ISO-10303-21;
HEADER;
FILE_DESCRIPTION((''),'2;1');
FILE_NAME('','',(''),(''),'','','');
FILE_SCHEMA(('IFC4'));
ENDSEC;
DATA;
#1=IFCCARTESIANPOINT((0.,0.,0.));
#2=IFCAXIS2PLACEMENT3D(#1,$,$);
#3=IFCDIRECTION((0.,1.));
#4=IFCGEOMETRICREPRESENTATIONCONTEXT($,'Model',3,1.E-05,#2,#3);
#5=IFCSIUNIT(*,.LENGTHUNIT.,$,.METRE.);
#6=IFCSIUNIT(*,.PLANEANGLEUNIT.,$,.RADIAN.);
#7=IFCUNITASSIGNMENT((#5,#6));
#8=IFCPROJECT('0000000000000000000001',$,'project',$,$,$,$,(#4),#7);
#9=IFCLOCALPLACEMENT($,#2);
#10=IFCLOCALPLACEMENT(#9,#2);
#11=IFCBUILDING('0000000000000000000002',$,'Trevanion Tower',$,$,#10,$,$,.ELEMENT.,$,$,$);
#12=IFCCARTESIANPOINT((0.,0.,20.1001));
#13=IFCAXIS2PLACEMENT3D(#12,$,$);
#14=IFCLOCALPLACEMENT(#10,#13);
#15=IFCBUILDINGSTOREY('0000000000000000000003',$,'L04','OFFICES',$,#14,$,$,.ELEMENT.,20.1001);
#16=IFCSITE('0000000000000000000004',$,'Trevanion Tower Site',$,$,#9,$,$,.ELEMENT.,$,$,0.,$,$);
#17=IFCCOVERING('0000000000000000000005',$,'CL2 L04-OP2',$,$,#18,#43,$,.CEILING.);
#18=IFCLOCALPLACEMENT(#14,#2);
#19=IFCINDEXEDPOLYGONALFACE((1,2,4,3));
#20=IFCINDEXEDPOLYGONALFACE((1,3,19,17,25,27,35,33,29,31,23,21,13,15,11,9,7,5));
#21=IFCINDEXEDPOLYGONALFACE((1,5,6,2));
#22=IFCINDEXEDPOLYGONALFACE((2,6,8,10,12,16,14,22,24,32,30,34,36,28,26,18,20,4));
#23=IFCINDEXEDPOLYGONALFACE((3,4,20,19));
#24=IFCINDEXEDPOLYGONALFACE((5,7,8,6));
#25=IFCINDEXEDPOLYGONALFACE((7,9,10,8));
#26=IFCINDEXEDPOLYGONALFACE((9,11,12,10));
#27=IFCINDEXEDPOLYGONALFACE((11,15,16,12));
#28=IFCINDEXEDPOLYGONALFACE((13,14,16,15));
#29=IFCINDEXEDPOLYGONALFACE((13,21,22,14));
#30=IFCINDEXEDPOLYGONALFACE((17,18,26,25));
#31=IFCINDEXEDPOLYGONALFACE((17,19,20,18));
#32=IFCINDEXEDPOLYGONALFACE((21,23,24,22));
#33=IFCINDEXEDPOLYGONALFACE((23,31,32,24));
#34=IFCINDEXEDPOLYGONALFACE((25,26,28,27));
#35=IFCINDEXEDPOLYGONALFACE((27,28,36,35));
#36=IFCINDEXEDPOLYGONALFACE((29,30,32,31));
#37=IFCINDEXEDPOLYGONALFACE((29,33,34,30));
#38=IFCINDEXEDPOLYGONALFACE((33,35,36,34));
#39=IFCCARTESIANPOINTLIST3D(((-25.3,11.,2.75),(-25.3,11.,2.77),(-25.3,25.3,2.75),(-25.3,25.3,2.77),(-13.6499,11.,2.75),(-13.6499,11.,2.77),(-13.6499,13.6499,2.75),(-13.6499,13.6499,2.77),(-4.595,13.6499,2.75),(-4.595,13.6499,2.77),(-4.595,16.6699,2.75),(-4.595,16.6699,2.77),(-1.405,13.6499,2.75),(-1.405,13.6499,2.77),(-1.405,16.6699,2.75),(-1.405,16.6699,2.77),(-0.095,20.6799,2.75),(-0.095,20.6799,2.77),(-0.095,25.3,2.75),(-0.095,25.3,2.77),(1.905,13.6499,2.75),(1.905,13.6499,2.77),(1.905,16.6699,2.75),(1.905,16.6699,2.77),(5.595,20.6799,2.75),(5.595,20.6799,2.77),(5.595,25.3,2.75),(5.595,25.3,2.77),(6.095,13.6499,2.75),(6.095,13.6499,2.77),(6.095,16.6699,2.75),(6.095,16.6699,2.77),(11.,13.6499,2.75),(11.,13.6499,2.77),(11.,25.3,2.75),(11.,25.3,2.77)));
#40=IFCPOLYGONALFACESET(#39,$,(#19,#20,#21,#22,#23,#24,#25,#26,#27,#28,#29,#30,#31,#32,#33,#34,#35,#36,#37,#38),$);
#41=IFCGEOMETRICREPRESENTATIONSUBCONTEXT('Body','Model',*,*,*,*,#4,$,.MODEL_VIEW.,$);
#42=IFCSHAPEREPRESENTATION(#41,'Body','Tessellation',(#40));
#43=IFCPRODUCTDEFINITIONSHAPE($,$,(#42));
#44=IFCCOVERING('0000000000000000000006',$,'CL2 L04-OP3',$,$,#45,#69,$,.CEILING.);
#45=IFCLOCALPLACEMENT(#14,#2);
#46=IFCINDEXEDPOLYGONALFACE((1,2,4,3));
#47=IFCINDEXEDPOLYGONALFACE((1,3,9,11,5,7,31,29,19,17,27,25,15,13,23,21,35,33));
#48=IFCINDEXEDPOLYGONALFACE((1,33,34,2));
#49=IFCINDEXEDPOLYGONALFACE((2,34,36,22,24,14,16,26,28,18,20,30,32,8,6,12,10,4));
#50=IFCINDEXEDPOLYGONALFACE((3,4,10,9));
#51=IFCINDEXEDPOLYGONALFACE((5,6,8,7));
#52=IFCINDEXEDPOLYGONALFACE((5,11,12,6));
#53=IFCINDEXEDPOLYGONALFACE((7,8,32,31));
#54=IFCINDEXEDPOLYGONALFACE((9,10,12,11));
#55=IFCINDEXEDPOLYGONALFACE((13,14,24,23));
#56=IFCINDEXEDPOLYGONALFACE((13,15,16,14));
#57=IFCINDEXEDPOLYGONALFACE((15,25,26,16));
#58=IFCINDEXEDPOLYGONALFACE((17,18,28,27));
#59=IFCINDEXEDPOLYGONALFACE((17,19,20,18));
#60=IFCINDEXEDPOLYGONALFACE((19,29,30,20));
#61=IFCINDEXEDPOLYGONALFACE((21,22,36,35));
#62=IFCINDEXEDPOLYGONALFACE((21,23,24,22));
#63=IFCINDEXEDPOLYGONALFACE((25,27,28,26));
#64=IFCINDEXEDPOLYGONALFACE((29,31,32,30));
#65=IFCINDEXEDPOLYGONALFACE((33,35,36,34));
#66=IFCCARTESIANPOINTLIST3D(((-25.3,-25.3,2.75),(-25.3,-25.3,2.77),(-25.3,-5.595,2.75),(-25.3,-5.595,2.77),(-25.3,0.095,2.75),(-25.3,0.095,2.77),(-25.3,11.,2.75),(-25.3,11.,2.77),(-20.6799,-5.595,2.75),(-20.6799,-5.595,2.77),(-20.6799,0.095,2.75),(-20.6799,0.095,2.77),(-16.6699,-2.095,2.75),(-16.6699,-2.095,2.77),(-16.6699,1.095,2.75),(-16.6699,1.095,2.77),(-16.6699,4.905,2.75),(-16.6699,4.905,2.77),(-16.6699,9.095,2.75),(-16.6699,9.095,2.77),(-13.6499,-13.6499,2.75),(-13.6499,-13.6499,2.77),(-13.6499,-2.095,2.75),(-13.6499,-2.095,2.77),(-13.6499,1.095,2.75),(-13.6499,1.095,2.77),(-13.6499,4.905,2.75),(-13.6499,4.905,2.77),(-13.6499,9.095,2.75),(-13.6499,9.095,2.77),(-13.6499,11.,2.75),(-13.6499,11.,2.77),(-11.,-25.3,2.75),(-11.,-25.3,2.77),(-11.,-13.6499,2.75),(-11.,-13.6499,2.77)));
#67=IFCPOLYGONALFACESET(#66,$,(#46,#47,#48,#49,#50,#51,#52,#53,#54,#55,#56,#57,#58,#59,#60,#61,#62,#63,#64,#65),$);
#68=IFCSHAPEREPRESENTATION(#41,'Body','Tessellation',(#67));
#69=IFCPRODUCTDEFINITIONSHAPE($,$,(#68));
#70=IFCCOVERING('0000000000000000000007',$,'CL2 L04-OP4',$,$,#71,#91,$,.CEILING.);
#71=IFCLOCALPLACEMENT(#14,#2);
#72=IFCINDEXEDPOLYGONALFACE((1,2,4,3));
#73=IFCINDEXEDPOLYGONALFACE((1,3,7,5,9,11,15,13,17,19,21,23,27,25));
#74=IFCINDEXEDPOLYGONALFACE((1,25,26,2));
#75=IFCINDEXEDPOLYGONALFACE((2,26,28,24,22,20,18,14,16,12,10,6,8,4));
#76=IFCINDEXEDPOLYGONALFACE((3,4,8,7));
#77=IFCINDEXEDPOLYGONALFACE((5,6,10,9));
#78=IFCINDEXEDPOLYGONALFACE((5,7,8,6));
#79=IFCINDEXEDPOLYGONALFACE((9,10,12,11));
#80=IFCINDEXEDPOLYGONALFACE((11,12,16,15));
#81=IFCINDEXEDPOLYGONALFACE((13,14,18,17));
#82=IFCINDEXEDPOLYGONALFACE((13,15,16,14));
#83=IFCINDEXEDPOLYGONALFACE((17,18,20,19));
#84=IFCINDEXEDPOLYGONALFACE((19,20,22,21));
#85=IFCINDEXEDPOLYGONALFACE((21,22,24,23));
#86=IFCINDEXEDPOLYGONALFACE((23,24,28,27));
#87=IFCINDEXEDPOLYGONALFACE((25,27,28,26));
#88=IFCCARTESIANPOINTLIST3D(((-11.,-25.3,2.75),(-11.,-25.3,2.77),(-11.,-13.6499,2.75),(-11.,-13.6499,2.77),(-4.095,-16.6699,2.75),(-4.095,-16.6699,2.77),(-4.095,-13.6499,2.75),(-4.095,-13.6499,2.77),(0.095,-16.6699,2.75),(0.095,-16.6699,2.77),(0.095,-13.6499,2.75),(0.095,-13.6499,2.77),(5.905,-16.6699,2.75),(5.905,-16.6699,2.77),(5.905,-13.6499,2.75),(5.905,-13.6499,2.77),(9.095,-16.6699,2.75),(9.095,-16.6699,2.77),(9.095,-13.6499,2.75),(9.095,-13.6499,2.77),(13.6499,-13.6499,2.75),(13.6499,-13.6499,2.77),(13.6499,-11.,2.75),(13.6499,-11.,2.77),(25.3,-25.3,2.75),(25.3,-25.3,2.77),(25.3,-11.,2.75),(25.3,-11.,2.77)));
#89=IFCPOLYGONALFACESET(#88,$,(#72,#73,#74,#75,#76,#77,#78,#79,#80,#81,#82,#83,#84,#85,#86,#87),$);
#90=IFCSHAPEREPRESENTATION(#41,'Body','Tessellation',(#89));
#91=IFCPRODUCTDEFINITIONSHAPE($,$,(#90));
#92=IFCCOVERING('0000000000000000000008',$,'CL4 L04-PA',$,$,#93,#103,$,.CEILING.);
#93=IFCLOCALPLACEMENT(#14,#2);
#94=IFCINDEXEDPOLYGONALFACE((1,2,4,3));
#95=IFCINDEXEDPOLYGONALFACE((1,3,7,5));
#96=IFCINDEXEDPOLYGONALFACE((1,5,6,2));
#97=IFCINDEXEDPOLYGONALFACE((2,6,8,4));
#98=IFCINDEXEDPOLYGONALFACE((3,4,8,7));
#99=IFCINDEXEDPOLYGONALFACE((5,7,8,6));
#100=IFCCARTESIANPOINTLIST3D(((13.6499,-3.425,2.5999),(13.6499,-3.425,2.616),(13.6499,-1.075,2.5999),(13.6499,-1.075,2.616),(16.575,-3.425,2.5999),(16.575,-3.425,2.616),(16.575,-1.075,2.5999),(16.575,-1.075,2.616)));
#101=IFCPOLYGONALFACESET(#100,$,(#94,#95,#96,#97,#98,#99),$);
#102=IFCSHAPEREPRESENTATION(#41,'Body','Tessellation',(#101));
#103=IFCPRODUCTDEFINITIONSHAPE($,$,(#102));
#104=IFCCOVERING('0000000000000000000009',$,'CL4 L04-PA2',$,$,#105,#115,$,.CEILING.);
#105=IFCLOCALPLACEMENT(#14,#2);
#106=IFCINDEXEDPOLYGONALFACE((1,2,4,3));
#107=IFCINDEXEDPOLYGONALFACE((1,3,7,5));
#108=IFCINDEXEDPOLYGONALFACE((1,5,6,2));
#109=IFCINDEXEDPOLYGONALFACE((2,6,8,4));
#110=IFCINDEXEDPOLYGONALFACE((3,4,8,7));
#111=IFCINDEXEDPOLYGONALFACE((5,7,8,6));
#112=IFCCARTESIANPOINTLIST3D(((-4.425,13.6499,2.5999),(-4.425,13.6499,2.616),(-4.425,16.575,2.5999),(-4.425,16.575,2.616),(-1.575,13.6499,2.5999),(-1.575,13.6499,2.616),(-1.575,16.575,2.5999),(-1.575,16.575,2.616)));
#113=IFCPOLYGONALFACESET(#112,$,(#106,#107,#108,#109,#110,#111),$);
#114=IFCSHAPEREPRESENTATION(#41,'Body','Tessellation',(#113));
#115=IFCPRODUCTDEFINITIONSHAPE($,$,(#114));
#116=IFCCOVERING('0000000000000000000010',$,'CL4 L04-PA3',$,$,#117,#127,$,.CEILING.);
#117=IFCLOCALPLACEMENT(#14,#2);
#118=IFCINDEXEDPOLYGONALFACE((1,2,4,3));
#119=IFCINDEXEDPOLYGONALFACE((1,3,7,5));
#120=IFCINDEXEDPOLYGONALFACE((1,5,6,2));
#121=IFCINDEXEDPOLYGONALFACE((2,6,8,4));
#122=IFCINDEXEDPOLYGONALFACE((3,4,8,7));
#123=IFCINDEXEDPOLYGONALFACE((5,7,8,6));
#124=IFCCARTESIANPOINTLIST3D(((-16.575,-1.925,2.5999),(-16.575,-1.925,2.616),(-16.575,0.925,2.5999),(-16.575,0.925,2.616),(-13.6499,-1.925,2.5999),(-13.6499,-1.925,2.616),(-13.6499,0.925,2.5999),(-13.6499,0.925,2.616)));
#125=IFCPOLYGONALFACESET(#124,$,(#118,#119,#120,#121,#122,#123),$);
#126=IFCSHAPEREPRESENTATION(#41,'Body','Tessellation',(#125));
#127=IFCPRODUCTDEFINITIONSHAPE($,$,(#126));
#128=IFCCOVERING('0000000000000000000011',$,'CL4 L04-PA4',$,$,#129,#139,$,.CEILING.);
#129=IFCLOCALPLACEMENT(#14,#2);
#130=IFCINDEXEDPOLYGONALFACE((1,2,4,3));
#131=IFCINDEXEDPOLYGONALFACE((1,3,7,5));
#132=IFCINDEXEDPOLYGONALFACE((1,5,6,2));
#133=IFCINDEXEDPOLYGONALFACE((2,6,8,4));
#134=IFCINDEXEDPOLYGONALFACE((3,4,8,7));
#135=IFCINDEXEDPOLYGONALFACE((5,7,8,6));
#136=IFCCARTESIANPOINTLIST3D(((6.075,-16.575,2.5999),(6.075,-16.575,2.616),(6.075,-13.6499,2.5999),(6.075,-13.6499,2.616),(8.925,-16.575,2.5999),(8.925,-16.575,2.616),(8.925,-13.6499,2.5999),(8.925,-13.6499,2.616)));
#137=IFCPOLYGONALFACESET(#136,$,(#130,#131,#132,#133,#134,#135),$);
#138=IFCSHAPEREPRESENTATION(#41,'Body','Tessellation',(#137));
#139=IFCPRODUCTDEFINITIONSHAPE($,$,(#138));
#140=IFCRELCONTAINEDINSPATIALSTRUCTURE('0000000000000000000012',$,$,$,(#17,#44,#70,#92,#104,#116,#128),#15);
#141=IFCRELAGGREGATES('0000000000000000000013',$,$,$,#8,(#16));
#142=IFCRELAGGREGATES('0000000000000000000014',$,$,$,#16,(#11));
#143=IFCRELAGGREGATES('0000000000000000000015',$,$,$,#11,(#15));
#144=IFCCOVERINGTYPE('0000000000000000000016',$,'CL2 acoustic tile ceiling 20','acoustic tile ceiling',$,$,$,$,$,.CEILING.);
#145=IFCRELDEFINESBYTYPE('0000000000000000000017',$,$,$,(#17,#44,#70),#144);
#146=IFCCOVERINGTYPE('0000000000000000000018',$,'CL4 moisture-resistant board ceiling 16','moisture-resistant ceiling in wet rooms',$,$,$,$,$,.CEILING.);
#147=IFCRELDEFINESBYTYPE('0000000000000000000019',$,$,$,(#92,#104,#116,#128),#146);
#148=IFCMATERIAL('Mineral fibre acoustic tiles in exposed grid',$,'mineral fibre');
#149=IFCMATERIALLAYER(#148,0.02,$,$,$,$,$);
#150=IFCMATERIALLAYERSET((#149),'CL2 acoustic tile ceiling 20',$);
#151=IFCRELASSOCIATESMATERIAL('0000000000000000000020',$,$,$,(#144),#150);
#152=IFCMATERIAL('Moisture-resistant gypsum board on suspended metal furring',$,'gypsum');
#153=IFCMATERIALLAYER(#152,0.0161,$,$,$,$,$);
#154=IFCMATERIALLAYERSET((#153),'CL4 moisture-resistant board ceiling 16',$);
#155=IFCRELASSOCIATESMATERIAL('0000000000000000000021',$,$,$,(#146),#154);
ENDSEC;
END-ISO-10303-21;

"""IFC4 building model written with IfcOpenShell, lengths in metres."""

from ifc_helpers import new_model, si_unit, direction, frame, origin, place, context, subcontext, project, spatial, polyline, outline, extrude, material, layer, layer_set, type_object, element, save


model = new_model("IFC4")

# Units and contexts
model_context = context("Model", 3, precision=1e-05, world=origin(), true_north=direction((0.0, 1.0)))
body_context = subcontext(model_context, "Body", "Model", "MODEL_VIEW")
ifc_project = project(units=[si_unit("LENGTHUNIT", "METRE"), si_unit("PLANEANGLEUNIT", "RADIAN")], contexts=[model_context])

# Site, building, storey
site_placement = place(None, origin())
site = spatial("IfcSite", under=ifc_project, at=site_placement, Name="Trevanion Tower Site", CompositionType="ELEMENT", RefElevation=0.0)
building_placement = place(site_placement, origin())
building = spatial("IfcBuilding", under=site, at=building_placement, Name="Trevanion Tower", CompositionType="ELEMENT")
storey_placement = place(building_placement, frame((0.0, 0.0, 20.1001)))
storey = spatial("IfcBuildingStorey", under=building, at=storey_placement, Name="L04", Description="OFFICES", CompositionType="ELEMENT", Elevation=20.1001)

# Coverings
ifc_material_1 = material(Name="Mineral fibre acoustic tiles in exposed grid", Category="mineral fibre")
ifc_layer_1 = layer(ifc_material_1, 0.02)
ifc_layer_set_1 = layer_set([ifc_layer_1], Name="CL2 acoustic tile ceiling 20")
covering_type_1 = type_object("IfcCoveringType", Name="CL2 acoustic tile ceiling 20", Description="acoustic tile ceiling", PredefinedType="CEILING", material=ifc_layer_set_1)
covering_1_placement = place(storey_placement, frame((0.0, 0.0, 2.75)))
element("IfcCovering", 1, at=covering_1_placement, inside=storey, type_object=covering_type_1, Name="CL2 L04-OP2", PredefinedType="CEILING", context=body_context, shape_type="SweptSolid", body=[
    extrude(outline(polyline([(6.095, 13.6499), (6.095, 16.6699), (1.905, 16.6699), (1.905, 13.6499), (-1.405, 13.6499), (-1.405, 16.6699), (-4.595, 16.6699), (-4.595, 13.6499), (-13.6499, 13.6499), (-13.6499, 11.0), (-25.3, 11.0), (-25.3, 25.3), (-0.095, 25.3), (-0.095, 20.6799), (5.595, 20.6799), (5.595, 25.3), (11.0, 25.3), (11.0, 13.6499), (6.095, 13.6499)])), origin(), (0.0, 0.0, 1.0), 0.02),
])
covering_2_placement = place(storey_placement, frame((0.0, 0.0, 2.75)))
element("IfcCovering", 2, at=covering_2_placement, inside=storey, type_object=covering_type_1, Name="CL2 L04-OP3", PredefinedType="CEILING", context=body_context, shape_type="SweptSolid", body=[
    extrude(outline(polyline([(-13.6499, 9.095), (-16.6699, 9.095), (-16.6699, 4.905), (-13.6499, 4.905), (-13.6499, 1.095), (-16.6699, 1.095), (-16.6699, -2.095), (-13.6499, -2.095), (-13.6499, -13.6499), (-11.0, -13.6499), (-11.0, -25.3), (-25.3, -25.3), (-25.3, -5.595), (-20.6799, -5.595), (-20.6799, 0.095), (-25.3, 0.095), (-25.3, 11.0), (-13.6499, 11.0), (-13.6499, 9.095)])), origin(), (0.0, 0.0, 1.0), 0.02),
])
covering_3_placement = place(storey_placement, frame((0.0, 0.0, 2.75)))
element("IfcCovering", 3, at=covering_3_placement, inside=storey, type_object=covering_type_1, Name="CL2 L04-OP4", PredefinedType="CEILING", context=body_context, shape_type="SweptSolid", body=[
    extrude(outline(polyline([(-4.095, -13.6499), (-4.095, -16.6699), (0.095, -16.6699), (0.095, -13.6499), (5.905, -13.6499), (5.905, -16.6699), (9.095, -16.6699), (9.095, -13.6499), (13.6499, -13.6499), (13.6499, -11.0), (25.3, -11.0), (25.3, -25.3), (-11.0, -25.3), (-11.0, -13.6499), (-4.095, -13.6499)])), origin(), (0.0, 0.0, 1.0), 0.02),
])
ifc_material_2 = material(Name="Moisture-resistant gypsum board on suspended metal furring", Category="gypsum")
ifc_layer_2 = layer(ifc_material_2, 0.0161)
ifc_layer_set_2 = layer_set([ifc_layer_2], Name="CL4 moisture-resistant board ceiling 16")
covering_type_2 = type_object("IfcCoveringType", Name="CL4 moisture-resistant board ceiling 16", Description="moisture-resistant ceiling in wet rooms", PredefinedType="CEILING", material=ifc_layer_set_2)
covering_4_placement = place(storey_placement, frame((0.0, 0.0, 2.5999)))
element("IfcCovering", 4, at=covering_4_placement, inside=storey, type_object=covering_type_2, Name="CL4 L04-PA", PredefinedType="CEILING", context=body_context, shape_type="SweptSolid", body=[
    extrude(outline(polyline([(13.6499, -3.425), (13.6499, -1.075), (16.575, -1.075), (16.575, -3.425), (13.6499, -3.425)])), origin(), (0.0, 0.0, 1.0), 0.0161),
])
covering_5_placement = place(storey_placement, frame((0.0, 0.0, 2.5999)))
element("IfcCovering", 5, at=covering_5_placement, inside=storey, type_object=covering_type_2, Name="CL4 L04-PA2", PredefinedType="CEILING", context=body_context, shape_type="SweptSolid", body=[
    extrude(outline(polyline([(-1.575, 13.6499), (-4.425, 13.6499), (-4.425, 16.575), (-1.575, 16.575), (-1.575, 13.6499)])), origin(), (0.0, 0.0, 1.0), 0.0161),
])
covering_6_placement = place(storey_placement, frame((0.0, 0.0, 2.5999)))
element("IfcCovering", 6, at=covering_6_placement, inside=storey, type_object=covering_type_2, Name="CL4 L04-PA3", PredefinedType="CEILING", context=body_context, shape_type="SweptSolid", body=[
    extrude(outline(polyline([(-13.6499, 0.925), (-13.6499, -1.925), (-16.575, -1.925), (-16.575, 0.925), (-13.6499, 0.925)])), origin(), (0.0, 0.0, 1.0), 0.0161),
])
covering_7_placement = place(storey_placement, frame((0.0, 0.0, 2.5999)))
element("IfcCovering", 7, at=covering_7_placement, inside=storey, type_object=covering_type_2, Name="CL4 L04-PA4", PredefinedType="CEILING", context=body_context, shape_type="SweptSolid", body=[
    extrude(outline(polyline([(6.075, -13.6499), (8.925, -13.6499), (8.925, -16.575), (6.075, -16.575), (6.075, -13.6499)])), origin(), (0.0, 0.0, 1.0), 0.0161),
])

save(model, "model.ifc")
